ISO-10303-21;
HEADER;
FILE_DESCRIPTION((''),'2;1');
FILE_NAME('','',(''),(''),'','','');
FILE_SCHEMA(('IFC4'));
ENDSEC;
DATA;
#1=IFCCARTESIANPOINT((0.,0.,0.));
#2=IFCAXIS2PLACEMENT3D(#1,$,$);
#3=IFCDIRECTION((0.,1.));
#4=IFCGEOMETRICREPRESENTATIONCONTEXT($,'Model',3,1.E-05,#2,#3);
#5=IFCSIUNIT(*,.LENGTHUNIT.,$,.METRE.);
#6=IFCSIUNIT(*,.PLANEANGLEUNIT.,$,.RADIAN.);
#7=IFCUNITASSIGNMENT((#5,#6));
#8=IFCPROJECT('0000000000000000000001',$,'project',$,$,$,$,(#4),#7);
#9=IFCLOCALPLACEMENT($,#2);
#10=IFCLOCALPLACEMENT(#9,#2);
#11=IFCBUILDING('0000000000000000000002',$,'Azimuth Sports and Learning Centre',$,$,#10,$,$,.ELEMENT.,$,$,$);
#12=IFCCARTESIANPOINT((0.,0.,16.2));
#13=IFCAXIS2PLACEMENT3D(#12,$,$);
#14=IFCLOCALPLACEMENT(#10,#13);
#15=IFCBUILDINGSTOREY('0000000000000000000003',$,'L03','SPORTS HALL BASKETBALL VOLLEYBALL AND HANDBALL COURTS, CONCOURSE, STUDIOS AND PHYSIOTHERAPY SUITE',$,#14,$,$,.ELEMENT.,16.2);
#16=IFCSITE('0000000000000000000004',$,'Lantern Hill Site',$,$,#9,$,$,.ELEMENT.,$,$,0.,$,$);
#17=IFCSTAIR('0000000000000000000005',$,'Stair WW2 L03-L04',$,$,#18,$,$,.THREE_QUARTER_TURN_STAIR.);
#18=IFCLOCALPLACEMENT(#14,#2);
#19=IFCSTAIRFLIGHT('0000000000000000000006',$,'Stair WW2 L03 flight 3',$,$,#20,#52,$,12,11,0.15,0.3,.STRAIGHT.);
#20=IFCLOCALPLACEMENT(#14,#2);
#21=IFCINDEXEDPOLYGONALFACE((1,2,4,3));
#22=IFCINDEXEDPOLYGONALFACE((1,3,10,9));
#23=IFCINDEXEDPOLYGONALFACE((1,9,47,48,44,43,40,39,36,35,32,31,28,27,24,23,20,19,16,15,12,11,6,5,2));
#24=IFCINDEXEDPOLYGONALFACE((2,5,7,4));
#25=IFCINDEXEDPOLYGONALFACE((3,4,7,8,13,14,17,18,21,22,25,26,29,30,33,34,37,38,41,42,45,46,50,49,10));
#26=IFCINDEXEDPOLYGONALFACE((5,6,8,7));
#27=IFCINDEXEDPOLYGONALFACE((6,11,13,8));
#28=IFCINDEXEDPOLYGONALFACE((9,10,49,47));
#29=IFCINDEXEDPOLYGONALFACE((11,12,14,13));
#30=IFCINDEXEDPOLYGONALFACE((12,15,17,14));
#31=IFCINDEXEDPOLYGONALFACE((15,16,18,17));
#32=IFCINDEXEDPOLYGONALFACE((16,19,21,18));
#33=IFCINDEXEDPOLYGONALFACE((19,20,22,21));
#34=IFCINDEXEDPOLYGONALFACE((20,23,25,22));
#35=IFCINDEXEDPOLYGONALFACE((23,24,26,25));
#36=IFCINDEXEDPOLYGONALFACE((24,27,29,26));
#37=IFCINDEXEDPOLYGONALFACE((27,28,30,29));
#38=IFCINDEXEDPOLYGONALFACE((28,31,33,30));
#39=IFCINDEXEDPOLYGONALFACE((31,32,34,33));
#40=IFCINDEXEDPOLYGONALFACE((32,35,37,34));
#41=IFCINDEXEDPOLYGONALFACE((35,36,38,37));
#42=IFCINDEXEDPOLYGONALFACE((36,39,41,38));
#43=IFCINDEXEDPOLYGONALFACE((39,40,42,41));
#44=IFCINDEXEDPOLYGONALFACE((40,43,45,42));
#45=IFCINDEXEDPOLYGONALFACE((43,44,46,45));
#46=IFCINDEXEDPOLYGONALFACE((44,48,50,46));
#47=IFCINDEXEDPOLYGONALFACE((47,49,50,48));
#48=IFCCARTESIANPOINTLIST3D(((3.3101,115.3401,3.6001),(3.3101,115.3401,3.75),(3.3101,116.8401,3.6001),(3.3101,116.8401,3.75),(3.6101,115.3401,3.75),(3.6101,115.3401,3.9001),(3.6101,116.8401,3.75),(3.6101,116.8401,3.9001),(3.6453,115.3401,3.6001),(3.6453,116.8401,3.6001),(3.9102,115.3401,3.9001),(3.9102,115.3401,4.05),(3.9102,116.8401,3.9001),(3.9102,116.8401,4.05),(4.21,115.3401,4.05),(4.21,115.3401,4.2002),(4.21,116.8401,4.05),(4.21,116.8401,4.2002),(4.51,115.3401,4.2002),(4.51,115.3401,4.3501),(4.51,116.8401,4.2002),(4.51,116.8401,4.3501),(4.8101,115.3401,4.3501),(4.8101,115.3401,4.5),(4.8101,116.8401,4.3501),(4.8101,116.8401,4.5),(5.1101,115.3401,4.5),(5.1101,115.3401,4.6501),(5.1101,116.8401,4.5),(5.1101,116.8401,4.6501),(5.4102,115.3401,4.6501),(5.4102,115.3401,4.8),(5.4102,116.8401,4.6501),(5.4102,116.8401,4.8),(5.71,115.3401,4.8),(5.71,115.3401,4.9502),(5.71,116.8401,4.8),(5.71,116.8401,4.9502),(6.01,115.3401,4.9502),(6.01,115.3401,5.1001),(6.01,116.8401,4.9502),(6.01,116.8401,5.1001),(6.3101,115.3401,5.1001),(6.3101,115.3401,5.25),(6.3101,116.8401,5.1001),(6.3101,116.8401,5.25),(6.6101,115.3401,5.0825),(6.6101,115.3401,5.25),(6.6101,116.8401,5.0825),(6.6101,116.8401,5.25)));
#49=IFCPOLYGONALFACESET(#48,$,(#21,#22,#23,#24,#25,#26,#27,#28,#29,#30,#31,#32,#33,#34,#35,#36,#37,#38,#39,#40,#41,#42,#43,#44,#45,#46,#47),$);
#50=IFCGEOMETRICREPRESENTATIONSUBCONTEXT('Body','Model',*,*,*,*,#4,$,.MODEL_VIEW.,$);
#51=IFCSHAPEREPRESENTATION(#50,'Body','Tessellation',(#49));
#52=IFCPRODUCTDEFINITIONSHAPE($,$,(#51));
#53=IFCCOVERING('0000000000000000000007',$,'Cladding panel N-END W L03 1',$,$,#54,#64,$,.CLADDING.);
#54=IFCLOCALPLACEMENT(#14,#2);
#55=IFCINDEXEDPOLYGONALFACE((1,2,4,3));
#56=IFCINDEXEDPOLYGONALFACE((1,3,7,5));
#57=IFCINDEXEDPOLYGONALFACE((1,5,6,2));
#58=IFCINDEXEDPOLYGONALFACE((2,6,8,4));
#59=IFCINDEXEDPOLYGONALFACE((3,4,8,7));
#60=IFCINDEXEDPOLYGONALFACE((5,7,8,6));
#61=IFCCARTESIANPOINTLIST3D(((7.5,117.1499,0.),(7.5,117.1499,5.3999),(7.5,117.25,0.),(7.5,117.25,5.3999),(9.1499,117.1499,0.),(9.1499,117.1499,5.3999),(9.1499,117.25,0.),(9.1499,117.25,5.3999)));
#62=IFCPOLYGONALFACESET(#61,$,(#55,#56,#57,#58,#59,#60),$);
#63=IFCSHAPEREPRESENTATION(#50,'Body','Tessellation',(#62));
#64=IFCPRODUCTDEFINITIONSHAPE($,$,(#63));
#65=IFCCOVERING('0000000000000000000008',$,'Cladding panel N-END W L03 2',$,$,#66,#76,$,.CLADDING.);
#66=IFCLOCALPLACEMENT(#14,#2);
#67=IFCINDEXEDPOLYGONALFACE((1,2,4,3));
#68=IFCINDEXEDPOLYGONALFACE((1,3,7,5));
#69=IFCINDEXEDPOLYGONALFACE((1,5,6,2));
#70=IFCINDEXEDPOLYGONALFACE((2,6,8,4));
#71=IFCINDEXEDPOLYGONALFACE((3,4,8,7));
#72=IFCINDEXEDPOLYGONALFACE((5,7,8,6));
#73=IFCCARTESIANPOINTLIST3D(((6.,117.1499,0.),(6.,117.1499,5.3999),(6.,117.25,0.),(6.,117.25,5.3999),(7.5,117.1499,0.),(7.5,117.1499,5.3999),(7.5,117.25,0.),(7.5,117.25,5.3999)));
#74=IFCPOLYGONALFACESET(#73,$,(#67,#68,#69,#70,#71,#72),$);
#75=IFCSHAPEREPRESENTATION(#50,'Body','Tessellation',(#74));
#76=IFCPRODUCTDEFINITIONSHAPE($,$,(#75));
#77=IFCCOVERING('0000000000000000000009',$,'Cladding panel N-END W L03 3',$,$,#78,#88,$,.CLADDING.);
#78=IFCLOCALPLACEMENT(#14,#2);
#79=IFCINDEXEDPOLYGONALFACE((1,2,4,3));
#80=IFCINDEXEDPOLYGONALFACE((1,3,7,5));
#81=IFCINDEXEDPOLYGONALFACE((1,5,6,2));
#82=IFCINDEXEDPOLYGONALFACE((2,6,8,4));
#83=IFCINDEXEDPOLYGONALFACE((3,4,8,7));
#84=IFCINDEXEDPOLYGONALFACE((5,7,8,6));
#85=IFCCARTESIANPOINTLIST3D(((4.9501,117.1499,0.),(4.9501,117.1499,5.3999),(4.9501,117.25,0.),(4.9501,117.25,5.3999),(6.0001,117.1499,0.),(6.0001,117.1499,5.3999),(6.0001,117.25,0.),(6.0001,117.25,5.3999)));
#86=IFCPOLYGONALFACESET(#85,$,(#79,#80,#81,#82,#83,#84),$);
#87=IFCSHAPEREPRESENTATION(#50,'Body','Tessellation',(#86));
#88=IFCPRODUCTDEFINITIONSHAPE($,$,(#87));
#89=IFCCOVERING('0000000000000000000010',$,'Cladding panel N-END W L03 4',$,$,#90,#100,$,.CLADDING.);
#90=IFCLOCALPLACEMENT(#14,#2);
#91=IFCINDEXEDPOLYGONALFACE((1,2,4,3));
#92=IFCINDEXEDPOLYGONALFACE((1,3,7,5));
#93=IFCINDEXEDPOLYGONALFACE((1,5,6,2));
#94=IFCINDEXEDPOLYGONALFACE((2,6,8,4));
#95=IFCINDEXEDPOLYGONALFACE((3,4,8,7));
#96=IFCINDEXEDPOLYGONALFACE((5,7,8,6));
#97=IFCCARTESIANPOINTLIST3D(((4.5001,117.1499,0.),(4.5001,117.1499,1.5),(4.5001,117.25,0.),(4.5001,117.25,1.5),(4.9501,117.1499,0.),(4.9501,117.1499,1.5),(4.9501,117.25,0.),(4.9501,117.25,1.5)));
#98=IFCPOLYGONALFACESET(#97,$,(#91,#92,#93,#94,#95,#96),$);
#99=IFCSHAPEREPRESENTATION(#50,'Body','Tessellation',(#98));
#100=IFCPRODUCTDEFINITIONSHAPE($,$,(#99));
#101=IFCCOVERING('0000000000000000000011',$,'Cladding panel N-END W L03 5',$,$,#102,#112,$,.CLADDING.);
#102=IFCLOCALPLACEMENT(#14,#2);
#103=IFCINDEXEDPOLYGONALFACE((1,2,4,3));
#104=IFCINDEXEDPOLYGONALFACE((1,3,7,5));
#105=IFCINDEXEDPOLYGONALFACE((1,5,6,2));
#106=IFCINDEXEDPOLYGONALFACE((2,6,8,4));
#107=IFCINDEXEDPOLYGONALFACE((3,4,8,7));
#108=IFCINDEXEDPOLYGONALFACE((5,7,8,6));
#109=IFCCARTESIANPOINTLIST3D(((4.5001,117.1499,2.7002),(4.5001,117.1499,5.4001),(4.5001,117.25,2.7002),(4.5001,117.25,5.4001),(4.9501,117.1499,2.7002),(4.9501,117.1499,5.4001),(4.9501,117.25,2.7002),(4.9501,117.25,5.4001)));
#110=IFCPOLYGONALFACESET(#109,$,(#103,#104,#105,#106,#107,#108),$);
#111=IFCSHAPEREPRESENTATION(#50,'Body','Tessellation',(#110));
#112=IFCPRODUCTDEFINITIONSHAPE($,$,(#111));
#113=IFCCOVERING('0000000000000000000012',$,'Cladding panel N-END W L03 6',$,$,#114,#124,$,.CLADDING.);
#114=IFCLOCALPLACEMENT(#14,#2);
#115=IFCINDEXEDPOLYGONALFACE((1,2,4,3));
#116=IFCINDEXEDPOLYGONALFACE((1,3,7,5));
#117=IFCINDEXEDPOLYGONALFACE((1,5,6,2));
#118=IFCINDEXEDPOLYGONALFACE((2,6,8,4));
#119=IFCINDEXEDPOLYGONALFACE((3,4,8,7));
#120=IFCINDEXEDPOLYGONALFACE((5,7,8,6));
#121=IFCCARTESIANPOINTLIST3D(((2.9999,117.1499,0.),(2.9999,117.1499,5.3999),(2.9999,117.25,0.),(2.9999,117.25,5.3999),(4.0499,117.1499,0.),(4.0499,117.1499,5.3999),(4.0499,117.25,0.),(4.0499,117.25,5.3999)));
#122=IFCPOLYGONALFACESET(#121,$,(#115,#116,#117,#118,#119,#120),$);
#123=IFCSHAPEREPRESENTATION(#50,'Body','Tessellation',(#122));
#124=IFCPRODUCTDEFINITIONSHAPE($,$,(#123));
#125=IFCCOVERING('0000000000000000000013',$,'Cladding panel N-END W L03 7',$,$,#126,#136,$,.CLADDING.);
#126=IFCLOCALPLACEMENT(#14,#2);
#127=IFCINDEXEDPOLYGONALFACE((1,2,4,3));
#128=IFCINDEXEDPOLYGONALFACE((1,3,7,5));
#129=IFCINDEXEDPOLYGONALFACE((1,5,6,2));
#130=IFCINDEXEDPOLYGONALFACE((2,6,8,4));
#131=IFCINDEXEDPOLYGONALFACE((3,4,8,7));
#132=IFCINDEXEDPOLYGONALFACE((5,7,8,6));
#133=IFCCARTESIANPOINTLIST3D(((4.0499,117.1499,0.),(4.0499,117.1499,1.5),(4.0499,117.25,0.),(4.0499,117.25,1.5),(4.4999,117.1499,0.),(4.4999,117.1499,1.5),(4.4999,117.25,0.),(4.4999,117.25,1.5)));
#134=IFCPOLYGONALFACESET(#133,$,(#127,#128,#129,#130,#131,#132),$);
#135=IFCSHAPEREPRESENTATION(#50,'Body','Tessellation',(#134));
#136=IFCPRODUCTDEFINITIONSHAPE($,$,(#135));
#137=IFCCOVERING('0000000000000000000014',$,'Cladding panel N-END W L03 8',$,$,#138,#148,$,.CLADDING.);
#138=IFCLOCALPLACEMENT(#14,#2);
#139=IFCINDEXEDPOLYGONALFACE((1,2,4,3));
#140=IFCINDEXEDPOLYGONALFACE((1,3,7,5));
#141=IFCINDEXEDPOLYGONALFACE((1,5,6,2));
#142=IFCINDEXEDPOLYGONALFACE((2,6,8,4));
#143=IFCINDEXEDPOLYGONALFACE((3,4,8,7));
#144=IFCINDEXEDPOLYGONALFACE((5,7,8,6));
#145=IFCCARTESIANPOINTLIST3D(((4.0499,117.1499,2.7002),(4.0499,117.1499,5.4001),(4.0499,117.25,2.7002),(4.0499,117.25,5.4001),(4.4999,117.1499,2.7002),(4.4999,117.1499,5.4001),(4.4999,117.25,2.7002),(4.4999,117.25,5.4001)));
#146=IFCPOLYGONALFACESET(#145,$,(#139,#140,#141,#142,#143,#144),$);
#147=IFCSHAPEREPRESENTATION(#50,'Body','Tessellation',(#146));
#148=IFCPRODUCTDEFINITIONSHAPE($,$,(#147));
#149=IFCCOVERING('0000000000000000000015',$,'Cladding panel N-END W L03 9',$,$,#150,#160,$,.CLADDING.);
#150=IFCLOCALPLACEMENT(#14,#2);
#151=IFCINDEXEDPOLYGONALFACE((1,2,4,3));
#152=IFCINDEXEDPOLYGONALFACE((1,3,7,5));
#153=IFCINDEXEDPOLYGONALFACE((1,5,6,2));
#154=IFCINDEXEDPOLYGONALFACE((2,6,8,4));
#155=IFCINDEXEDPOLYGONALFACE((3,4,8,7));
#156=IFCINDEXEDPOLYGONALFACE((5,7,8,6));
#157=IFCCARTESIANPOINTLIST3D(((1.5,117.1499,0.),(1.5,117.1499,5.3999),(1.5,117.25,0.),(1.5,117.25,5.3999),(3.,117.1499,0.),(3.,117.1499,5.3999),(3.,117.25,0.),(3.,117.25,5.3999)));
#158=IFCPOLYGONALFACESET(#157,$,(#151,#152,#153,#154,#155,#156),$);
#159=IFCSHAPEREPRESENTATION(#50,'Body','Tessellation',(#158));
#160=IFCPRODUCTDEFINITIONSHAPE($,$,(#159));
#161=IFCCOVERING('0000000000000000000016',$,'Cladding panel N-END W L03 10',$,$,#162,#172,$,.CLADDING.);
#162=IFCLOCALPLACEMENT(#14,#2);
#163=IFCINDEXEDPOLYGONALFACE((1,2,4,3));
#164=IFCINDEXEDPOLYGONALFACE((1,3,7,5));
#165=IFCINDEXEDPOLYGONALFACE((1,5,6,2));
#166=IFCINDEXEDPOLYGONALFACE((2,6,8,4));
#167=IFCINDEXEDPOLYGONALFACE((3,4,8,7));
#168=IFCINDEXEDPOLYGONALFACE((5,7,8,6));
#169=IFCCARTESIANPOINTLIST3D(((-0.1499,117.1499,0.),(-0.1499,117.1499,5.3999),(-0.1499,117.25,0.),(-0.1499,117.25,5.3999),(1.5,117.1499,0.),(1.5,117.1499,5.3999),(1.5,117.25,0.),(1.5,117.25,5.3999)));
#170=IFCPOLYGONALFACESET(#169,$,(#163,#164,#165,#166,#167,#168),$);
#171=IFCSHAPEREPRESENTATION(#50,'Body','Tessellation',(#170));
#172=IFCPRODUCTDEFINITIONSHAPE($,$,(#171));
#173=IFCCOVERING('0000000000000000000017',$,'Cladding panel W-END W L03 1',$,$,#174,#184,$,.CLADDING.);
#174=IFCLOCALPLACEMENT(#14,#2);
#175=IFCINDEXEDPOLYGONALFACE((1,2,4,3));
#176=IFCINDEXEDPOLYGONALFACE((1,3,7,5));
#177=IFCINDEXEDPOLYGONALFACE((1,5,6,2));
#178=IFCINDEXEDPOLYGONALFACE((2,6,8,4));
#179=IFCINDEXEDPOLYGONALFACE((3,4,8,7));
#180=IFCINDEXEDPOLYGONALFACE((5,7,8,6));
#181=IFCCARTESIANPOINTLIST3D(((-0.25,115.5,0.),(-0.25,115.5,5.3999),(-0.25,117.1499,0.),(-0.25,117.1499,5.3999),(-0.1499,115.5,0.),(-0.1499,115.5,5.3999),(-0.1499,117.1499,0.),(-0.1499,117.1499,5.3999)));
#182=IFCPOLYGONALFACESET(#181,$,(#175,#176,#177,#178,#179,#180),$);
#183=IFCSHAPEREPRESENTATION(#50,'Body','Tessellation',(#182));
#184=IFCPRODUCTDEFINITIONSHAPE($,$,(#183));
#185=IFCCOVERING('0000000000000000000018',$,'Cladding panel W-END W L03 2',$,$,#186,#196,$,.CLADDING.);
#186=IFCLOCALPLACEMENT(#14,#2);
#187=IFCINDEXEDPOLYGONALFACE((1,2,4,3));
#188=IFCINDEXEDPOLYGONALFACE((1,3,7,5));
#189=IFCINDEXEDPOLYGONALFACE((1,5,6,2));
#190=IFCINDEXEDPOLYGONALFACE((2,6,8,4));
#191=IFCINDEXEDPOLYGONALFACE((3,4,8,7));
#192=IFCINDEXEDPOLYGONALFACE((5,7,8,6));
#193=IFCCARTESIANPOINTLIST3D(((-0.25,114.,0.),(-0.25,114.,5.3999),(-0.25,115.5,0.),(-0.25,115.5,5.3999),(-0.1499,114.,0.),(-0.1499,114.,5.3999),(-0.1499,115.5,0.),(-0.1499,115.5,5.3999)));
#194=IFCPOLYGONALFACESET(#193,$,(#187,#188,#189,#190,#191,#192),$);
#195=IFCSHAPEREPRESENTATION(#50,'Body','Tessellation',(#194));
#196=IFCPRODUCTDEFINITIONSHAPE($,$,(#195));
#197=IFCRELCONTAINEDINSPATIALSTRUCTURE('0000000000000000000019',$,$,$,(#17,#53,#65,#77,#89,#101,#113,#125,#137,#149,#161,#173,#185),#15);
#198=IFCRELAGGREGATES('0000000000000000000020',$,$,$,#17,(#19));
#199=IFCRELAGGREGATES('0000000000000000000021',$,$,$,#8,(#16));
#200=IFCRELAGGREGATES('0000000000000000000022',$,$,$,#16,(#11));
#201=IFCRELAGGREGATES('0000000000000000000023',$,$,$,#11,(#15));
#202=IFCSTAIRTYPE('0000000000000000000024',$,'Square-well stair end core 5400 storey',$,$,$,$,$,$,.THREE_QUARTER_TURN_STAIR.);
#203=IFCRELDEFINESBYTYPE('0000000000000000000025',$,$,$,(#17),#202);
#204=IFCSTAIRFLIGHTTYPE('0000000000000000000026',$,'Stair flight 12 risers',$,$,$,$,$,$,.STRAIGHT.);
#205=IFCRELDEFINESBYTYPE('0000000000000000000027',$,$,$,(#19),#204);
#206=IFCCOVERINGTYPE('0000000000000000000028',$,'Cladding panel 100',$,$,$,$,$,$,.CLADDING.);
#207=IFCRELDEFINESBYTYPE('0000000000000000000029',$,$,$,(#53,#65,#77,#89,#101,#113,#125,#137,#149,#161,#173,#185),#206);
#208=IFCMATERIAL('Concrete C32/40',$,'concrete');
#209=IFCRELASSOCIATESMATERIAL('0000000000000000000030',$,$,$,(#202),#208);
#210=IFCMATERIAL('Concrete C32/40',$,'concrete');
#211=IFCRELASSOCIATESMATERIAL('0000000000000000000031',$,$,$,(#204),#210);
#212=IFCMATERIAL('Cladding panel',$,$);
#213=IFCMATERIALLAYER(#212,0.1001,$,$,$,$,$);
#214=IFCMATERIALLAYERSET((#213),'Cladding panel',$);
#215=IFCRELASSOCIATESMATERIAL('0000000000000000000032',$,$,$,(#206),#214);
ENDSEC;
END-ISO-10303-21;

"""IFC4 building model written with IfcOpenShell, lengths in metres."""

from ifc_helpers import new_model, si_unit, direction, frame, origin, origin_2d, place, context, subcontext, project, spatial, polyline, rectangle, outline, extrude, material, layer, layer_set, type_object, element, aggregate, save


model = new_model("IFC4")

# Units and contexts
model_context = context("Model", 3, precision=1e-05, world=origin(), true_north=direction((0.0, 1.0)))
body_context = subcontext(model_context, "Body", "Model", "MODEL_VIEW")
ifc_project = project(units=[si_unit("LENGTHUNIT", "METRE"), si_unit("PLANEANGLEUNIT", "RADIAN")], contexts=[model_context])

# Site, building, storey
site_placement = place(None, origin())
site = spatial("IfcSite", under=ifc_project, at=site_placement, Name="Lantern Hill Site", CompositionType="ELEMENT", RefElevation=0.0)
building_placement = place(site_placement, origin())
building = spatial("IfcBuilding", under=site, at=building_placement, Name="Azimuth Sports and Learning Centre", CompositionType="ELEMENT")
storey_placement = place(building_placement, frame((0.0, 0.0, 16.2)))
storey = spatial("IfcBuildingStorey", under=building, at=storey_placement, Name="L03", Description="SPORTS HALL BASKETBALL VOLLEYBALL AND HANDBALL COURTS, CONCOURSE, STUDIOS AND PHYSIOTHERAPY SUITE", CompositionType="ELEMENT", Elevation=16.2)

# Stair, stair flight
ifc_material_1 = material(Name="Concrete C32/40", Category="concrete")
stair_type = type_object("IfcStairType", Name="Square-well stair end core 5400 storey", PredefinedType="THREE_QUARTER_TURN_STAIR", material=ifc_material_1)
stair_placement = place(storey_placement, origin())
stair = element("IfcStair", 1, at=stair_placement, inside=storey, type_object=stair_type, Name="Stair WW2 L03-L04", PredefinedType="THREE_QUARTER_TURN_STAIR")
ifc_material_2 = material(Name="Concrete C32/40", Category="concrete")
stair_flight_type = type_object("IfcStairFlightType", Name="Stair flight 12 risers", PredefinedType="STRAIGHT", material=ifc_material_2)
stair_flight_1_placement = place(storey_placement, frame((3.3101, 116.0901, 3.6001), z_axis=(0.0, 0.0, 1.0), x_axis=(1.0, 0.0, 0.0)))
stair_flight_1 = element("IfcStairFlight", 2, at=stair_flight_1_placement, type_object=stair_flight_type, Name="Stair WW2 L03 flight 3", NumberOfRisers=12, NumberOfTreads=11, PredefinedType="STRAIGHT", RiserHeight=0.15, TreadLength=0.3, context=body_context, shape_type="SweptSolid", body=[
    extrude(outline(polyline([(0.0, 0.0), (0.0, 0.1499), (0.3, 0.1499), (0.3, 0.3), (0.6001, 0.3), (0.6001, 0.45), (0.8999, 0.45), (0.8999, 0.6001), (1.2, 0.6001), (1.2, 0.75), (1.5, 0.75), (1.5, 0.8999), (1.8, 0.8999), (1.8, 1.05), (2.1001, 1.05), (2.1001, 1.2), (2.3999, 1.2), (2.3999, 1.3501), (2.7, 1.3501), (2.7, 1.5), (3.0, 1.5), (3.0, 1.6499), (3.3, 1.6499), (3.3, 1.8), (3.3, 1.4824), (0.3352, 0.0), (0.0, 0.0)])), frame((0.0, 0.75, 0.0), z_axis=(0.0, -1.0, 0.0), x_axis=(1.0, 0.0, 0.0)), (0.0, 0.0, 1.0), 1.5),
])
aggregate(stair, [stair_flight_1])

# Coverings
ifc_material_3 = material(Name="Cladding panel")
ifc_layer_1 = layer(ifc_material_3, 0.1001)
ifc_layer_set_1 = layer_set([ifc_layer_1], Name="Cladding panel")
covering_type = type_object("IfcCoveringType", Name="Cladding panel 100", PredefinedType="CLADDING", material=ifc_layer_set_1)
covering_1_placement = place(storey_placement, frame((8.325, 117.2, 0.0), z_axis=(0.0, 0.0, 1.0), x_axis=(-1.0, 0.0, 0.0)))
element("IfcCovering", 3, at=covering_1_placement, inside=storey, type_object=covering_type, Name="Cladding panel N-END W L03 1", PredefinedType="CLADDING", context=body_context, shape_type="SweptSolid", body=[
    extrude(rectangle(XDim=1.6499, YDim=0.1001, at=origin_2d()), origin(), (0.0, 0.0, 1.0), 5.3999),
])
covering_2_placement = place(storey_placement, frame((6.75, 117.2, 0.0), z_axis=(0.0, 0.0, 1.0), x_axis=(-1.0, 0.0, 0.0)))
element("IfcCovering", 4, at=covering_2_placement, inside=storey, type_object=covering_type, Name="Cladding panel N-END W L03 2", PredefinedType="CLADDING", context=body_context, shape_type="SweptSolid", body=[
    extrude(rectangle(XDim=1.5, YDim=0.1001, at=origin_2d()), origin(), (0.0, 0.0, 1.0), 5.3999),
])
covering_3_placement = place(storey_placement, frame((5.4751, 117.2, 0.0), z_axis=(0.0, 0.0, 1.0), x_axis=(-1.0, 0.0, 0.0)))
element("IfcCovering", 5, at=covering_3_placement, inside=storey, type_object=covering_type, Name="Cladding panel N-END W L03 3", PredefinedType="CLADDING", context=body_context, shape_type="SweptSolid", body=[
    extrude(rectangle(XDim=1.05, YDim=0.1001, at=origin_2d()), origin(), (0.0, 0.0, 1.0), 5.3999),
])
covering_4_placement = place(storey_placement, frame((4.7251, 117.2, 0.0), z_axis=(0.0, 0.0, 1.0), x_axis=(-1.0, 0.0, 0.0)))
element("IfcCovering", 6, at=covering_4_placement, inside=storey, type_object=covering_type, Name="Cladding panel N-END W L03 4", PredefinedType="CLADDING", context=body_context, shape_type="SweptSolid", body=[
    extrude(rectangle(XDim=0.45, YDim=0.1001, at=origin_2d()), origin(), (0.0, 0.0, 1.0), 1.5),
])
covering_5_placement = place(storey_placement, frame((4.7251, 117.2, 2.7002), z_axis=(0.0, 0.0, 1.0), x_axis=(-1.0, 0.0, 0.0)))
element("IfcCovering", 7, at=covering_5_placement, inside=storey, type_object=covering_type, Name="Cladding panel N-END W L03 5", PredefinedType="CLADDING", context=body_context, shape_type="SweptSolid", body=[
    extrude(rectangle(XDim=0.45, YDim=0.1001, at=origin_2d()), origin(), (0.0, 0.0, 1.0), 2.7),
])
covering_6_placement = place(storey_placement, frame((3.5249, 117.2, 0.0), z_axis=(0.0, 0.0, 1.0), x_axis=(-1.0, 0.0, 0.0)))
element("IfcCovering", 8, at=covering_6_placement, inside=storey, type_object=covering_type, Name="Cladding panel N-END W L03 6", PredefinedType="CLADDING", context=body_context, shape_type="SweptSolid", body=[
    extrude(rectangle(XDim=1.05, YDim=0.1001, at=origin_2d()), origin(), (0.0, 0.0, 1.0), 5.3999),
])
covering_7_placement = place(storey_placement, frame((4.2749, 117.2, 0.0), z_axis=(0.0, 0.0, 1.0), x_axis=(-1.0, 0.0, 0.0)))
element("IfcCovering", 9, at=covering_7_placement, inside=storey, type_object=covering_type, Name="Cladding panel N-END W L03 7", PredefinedType="CLADDING", context=body_context, shape_type="SweptSolid", body=[
    extrude(rectangle(XDim=0.45, YDim=0.1001, at=origin_2d()), origin(), (0.0, 0.0, 1.0), 1.5),
])
covering_8_placement = place(storey_placement, frame((4.2749, 117.2, 2.7002), z_axis=(0.0, 0.0, 1.0), x_axis=(-1.0, 0.0, 0.0)))
element("IfcCovering", 10, at=covering_8_placement, inside=storey, type_object=covering_type, Name="Cladding panel N-END W L03 8", PredefinedType="CLADDING", context=body_context, shape_type="SweptSolid", body=[
    extrude(rectangle(XDim=0.45, YDim=0.1001, at=origin_2d()), origin(), (0.0, 0.0, 1.0), 2.7),
])
covering_9_placement = place(storey_placement, frame((2.25, 117.2, 0.0), z_axis=(0.0, 0.0, 1.0), x_axis=(-1.0, 0.0, 0.0)))
element("IfcCovering", 11, at=covering_9_placement, inside=storey, type_object=covering_type, Name="Cladding panel N-END W L03 9", PredefinedType="CLADDING", context=body_context, shape_type="SweptSolid", body=[
    extrude(rectangle(XDim=1.5, YDim=0.1001, at=origin_2d()), origin(), (0.0, 0.0, 1.0), 5.3999),
])
for number, where, z_axis, x_axis, name in (
    (12, (0.675, 117.2, 0.0), (0.0, 0.0, 1.0), (-1.0, 0.0, 0.0), "Cladding panel N-END W L03 10"),
    (13, (-0.2, 116.325, 0.0), (0.0, 0.0, 1.0), (0.0, -1.0, 0.0), "Cladding panel W-END W L03 1"),
):
    element("IfcCovering", number, at=place(storey_placement, frame(where, z_axis=z_axis, x_axis=x_axis)), inside=storey, type_object=covering_type, Name=name, PredefinedType="CLADDING", context=body_context, shape_type="SweptSolid", body=[
        extrude(rectangle(XDim=1.6499, YDim=0.1001, at=origin_2d()), origin(), (0.0, 0.0, 1.0), 5.3999),
    ])
for number, where, z_axis, x_axis, name in (
    (14, (-0.2, 114.75, 0.0), (0.0, 0.0, 1.0), (0.0, -1.0, 0.0), "Cladding panel W-END W L03 2"),
):
    element("IfcCovering", number, at=place(storey_placement, frame(where, z_axis=z_axis, x_axis=x_axis)), inside=storey, type_object=covering_type, Name=name, PredefinedType="CLADDING", context=body_context, shape_type="SweptSolid", body=[
        extrude(rectangle(XDim=1.5, YDim=0.1001, at=origin_2d()), origin(), (0.0, 0.0, 1.0), 5.3999),
    ])

save(model, "model.ifc")
